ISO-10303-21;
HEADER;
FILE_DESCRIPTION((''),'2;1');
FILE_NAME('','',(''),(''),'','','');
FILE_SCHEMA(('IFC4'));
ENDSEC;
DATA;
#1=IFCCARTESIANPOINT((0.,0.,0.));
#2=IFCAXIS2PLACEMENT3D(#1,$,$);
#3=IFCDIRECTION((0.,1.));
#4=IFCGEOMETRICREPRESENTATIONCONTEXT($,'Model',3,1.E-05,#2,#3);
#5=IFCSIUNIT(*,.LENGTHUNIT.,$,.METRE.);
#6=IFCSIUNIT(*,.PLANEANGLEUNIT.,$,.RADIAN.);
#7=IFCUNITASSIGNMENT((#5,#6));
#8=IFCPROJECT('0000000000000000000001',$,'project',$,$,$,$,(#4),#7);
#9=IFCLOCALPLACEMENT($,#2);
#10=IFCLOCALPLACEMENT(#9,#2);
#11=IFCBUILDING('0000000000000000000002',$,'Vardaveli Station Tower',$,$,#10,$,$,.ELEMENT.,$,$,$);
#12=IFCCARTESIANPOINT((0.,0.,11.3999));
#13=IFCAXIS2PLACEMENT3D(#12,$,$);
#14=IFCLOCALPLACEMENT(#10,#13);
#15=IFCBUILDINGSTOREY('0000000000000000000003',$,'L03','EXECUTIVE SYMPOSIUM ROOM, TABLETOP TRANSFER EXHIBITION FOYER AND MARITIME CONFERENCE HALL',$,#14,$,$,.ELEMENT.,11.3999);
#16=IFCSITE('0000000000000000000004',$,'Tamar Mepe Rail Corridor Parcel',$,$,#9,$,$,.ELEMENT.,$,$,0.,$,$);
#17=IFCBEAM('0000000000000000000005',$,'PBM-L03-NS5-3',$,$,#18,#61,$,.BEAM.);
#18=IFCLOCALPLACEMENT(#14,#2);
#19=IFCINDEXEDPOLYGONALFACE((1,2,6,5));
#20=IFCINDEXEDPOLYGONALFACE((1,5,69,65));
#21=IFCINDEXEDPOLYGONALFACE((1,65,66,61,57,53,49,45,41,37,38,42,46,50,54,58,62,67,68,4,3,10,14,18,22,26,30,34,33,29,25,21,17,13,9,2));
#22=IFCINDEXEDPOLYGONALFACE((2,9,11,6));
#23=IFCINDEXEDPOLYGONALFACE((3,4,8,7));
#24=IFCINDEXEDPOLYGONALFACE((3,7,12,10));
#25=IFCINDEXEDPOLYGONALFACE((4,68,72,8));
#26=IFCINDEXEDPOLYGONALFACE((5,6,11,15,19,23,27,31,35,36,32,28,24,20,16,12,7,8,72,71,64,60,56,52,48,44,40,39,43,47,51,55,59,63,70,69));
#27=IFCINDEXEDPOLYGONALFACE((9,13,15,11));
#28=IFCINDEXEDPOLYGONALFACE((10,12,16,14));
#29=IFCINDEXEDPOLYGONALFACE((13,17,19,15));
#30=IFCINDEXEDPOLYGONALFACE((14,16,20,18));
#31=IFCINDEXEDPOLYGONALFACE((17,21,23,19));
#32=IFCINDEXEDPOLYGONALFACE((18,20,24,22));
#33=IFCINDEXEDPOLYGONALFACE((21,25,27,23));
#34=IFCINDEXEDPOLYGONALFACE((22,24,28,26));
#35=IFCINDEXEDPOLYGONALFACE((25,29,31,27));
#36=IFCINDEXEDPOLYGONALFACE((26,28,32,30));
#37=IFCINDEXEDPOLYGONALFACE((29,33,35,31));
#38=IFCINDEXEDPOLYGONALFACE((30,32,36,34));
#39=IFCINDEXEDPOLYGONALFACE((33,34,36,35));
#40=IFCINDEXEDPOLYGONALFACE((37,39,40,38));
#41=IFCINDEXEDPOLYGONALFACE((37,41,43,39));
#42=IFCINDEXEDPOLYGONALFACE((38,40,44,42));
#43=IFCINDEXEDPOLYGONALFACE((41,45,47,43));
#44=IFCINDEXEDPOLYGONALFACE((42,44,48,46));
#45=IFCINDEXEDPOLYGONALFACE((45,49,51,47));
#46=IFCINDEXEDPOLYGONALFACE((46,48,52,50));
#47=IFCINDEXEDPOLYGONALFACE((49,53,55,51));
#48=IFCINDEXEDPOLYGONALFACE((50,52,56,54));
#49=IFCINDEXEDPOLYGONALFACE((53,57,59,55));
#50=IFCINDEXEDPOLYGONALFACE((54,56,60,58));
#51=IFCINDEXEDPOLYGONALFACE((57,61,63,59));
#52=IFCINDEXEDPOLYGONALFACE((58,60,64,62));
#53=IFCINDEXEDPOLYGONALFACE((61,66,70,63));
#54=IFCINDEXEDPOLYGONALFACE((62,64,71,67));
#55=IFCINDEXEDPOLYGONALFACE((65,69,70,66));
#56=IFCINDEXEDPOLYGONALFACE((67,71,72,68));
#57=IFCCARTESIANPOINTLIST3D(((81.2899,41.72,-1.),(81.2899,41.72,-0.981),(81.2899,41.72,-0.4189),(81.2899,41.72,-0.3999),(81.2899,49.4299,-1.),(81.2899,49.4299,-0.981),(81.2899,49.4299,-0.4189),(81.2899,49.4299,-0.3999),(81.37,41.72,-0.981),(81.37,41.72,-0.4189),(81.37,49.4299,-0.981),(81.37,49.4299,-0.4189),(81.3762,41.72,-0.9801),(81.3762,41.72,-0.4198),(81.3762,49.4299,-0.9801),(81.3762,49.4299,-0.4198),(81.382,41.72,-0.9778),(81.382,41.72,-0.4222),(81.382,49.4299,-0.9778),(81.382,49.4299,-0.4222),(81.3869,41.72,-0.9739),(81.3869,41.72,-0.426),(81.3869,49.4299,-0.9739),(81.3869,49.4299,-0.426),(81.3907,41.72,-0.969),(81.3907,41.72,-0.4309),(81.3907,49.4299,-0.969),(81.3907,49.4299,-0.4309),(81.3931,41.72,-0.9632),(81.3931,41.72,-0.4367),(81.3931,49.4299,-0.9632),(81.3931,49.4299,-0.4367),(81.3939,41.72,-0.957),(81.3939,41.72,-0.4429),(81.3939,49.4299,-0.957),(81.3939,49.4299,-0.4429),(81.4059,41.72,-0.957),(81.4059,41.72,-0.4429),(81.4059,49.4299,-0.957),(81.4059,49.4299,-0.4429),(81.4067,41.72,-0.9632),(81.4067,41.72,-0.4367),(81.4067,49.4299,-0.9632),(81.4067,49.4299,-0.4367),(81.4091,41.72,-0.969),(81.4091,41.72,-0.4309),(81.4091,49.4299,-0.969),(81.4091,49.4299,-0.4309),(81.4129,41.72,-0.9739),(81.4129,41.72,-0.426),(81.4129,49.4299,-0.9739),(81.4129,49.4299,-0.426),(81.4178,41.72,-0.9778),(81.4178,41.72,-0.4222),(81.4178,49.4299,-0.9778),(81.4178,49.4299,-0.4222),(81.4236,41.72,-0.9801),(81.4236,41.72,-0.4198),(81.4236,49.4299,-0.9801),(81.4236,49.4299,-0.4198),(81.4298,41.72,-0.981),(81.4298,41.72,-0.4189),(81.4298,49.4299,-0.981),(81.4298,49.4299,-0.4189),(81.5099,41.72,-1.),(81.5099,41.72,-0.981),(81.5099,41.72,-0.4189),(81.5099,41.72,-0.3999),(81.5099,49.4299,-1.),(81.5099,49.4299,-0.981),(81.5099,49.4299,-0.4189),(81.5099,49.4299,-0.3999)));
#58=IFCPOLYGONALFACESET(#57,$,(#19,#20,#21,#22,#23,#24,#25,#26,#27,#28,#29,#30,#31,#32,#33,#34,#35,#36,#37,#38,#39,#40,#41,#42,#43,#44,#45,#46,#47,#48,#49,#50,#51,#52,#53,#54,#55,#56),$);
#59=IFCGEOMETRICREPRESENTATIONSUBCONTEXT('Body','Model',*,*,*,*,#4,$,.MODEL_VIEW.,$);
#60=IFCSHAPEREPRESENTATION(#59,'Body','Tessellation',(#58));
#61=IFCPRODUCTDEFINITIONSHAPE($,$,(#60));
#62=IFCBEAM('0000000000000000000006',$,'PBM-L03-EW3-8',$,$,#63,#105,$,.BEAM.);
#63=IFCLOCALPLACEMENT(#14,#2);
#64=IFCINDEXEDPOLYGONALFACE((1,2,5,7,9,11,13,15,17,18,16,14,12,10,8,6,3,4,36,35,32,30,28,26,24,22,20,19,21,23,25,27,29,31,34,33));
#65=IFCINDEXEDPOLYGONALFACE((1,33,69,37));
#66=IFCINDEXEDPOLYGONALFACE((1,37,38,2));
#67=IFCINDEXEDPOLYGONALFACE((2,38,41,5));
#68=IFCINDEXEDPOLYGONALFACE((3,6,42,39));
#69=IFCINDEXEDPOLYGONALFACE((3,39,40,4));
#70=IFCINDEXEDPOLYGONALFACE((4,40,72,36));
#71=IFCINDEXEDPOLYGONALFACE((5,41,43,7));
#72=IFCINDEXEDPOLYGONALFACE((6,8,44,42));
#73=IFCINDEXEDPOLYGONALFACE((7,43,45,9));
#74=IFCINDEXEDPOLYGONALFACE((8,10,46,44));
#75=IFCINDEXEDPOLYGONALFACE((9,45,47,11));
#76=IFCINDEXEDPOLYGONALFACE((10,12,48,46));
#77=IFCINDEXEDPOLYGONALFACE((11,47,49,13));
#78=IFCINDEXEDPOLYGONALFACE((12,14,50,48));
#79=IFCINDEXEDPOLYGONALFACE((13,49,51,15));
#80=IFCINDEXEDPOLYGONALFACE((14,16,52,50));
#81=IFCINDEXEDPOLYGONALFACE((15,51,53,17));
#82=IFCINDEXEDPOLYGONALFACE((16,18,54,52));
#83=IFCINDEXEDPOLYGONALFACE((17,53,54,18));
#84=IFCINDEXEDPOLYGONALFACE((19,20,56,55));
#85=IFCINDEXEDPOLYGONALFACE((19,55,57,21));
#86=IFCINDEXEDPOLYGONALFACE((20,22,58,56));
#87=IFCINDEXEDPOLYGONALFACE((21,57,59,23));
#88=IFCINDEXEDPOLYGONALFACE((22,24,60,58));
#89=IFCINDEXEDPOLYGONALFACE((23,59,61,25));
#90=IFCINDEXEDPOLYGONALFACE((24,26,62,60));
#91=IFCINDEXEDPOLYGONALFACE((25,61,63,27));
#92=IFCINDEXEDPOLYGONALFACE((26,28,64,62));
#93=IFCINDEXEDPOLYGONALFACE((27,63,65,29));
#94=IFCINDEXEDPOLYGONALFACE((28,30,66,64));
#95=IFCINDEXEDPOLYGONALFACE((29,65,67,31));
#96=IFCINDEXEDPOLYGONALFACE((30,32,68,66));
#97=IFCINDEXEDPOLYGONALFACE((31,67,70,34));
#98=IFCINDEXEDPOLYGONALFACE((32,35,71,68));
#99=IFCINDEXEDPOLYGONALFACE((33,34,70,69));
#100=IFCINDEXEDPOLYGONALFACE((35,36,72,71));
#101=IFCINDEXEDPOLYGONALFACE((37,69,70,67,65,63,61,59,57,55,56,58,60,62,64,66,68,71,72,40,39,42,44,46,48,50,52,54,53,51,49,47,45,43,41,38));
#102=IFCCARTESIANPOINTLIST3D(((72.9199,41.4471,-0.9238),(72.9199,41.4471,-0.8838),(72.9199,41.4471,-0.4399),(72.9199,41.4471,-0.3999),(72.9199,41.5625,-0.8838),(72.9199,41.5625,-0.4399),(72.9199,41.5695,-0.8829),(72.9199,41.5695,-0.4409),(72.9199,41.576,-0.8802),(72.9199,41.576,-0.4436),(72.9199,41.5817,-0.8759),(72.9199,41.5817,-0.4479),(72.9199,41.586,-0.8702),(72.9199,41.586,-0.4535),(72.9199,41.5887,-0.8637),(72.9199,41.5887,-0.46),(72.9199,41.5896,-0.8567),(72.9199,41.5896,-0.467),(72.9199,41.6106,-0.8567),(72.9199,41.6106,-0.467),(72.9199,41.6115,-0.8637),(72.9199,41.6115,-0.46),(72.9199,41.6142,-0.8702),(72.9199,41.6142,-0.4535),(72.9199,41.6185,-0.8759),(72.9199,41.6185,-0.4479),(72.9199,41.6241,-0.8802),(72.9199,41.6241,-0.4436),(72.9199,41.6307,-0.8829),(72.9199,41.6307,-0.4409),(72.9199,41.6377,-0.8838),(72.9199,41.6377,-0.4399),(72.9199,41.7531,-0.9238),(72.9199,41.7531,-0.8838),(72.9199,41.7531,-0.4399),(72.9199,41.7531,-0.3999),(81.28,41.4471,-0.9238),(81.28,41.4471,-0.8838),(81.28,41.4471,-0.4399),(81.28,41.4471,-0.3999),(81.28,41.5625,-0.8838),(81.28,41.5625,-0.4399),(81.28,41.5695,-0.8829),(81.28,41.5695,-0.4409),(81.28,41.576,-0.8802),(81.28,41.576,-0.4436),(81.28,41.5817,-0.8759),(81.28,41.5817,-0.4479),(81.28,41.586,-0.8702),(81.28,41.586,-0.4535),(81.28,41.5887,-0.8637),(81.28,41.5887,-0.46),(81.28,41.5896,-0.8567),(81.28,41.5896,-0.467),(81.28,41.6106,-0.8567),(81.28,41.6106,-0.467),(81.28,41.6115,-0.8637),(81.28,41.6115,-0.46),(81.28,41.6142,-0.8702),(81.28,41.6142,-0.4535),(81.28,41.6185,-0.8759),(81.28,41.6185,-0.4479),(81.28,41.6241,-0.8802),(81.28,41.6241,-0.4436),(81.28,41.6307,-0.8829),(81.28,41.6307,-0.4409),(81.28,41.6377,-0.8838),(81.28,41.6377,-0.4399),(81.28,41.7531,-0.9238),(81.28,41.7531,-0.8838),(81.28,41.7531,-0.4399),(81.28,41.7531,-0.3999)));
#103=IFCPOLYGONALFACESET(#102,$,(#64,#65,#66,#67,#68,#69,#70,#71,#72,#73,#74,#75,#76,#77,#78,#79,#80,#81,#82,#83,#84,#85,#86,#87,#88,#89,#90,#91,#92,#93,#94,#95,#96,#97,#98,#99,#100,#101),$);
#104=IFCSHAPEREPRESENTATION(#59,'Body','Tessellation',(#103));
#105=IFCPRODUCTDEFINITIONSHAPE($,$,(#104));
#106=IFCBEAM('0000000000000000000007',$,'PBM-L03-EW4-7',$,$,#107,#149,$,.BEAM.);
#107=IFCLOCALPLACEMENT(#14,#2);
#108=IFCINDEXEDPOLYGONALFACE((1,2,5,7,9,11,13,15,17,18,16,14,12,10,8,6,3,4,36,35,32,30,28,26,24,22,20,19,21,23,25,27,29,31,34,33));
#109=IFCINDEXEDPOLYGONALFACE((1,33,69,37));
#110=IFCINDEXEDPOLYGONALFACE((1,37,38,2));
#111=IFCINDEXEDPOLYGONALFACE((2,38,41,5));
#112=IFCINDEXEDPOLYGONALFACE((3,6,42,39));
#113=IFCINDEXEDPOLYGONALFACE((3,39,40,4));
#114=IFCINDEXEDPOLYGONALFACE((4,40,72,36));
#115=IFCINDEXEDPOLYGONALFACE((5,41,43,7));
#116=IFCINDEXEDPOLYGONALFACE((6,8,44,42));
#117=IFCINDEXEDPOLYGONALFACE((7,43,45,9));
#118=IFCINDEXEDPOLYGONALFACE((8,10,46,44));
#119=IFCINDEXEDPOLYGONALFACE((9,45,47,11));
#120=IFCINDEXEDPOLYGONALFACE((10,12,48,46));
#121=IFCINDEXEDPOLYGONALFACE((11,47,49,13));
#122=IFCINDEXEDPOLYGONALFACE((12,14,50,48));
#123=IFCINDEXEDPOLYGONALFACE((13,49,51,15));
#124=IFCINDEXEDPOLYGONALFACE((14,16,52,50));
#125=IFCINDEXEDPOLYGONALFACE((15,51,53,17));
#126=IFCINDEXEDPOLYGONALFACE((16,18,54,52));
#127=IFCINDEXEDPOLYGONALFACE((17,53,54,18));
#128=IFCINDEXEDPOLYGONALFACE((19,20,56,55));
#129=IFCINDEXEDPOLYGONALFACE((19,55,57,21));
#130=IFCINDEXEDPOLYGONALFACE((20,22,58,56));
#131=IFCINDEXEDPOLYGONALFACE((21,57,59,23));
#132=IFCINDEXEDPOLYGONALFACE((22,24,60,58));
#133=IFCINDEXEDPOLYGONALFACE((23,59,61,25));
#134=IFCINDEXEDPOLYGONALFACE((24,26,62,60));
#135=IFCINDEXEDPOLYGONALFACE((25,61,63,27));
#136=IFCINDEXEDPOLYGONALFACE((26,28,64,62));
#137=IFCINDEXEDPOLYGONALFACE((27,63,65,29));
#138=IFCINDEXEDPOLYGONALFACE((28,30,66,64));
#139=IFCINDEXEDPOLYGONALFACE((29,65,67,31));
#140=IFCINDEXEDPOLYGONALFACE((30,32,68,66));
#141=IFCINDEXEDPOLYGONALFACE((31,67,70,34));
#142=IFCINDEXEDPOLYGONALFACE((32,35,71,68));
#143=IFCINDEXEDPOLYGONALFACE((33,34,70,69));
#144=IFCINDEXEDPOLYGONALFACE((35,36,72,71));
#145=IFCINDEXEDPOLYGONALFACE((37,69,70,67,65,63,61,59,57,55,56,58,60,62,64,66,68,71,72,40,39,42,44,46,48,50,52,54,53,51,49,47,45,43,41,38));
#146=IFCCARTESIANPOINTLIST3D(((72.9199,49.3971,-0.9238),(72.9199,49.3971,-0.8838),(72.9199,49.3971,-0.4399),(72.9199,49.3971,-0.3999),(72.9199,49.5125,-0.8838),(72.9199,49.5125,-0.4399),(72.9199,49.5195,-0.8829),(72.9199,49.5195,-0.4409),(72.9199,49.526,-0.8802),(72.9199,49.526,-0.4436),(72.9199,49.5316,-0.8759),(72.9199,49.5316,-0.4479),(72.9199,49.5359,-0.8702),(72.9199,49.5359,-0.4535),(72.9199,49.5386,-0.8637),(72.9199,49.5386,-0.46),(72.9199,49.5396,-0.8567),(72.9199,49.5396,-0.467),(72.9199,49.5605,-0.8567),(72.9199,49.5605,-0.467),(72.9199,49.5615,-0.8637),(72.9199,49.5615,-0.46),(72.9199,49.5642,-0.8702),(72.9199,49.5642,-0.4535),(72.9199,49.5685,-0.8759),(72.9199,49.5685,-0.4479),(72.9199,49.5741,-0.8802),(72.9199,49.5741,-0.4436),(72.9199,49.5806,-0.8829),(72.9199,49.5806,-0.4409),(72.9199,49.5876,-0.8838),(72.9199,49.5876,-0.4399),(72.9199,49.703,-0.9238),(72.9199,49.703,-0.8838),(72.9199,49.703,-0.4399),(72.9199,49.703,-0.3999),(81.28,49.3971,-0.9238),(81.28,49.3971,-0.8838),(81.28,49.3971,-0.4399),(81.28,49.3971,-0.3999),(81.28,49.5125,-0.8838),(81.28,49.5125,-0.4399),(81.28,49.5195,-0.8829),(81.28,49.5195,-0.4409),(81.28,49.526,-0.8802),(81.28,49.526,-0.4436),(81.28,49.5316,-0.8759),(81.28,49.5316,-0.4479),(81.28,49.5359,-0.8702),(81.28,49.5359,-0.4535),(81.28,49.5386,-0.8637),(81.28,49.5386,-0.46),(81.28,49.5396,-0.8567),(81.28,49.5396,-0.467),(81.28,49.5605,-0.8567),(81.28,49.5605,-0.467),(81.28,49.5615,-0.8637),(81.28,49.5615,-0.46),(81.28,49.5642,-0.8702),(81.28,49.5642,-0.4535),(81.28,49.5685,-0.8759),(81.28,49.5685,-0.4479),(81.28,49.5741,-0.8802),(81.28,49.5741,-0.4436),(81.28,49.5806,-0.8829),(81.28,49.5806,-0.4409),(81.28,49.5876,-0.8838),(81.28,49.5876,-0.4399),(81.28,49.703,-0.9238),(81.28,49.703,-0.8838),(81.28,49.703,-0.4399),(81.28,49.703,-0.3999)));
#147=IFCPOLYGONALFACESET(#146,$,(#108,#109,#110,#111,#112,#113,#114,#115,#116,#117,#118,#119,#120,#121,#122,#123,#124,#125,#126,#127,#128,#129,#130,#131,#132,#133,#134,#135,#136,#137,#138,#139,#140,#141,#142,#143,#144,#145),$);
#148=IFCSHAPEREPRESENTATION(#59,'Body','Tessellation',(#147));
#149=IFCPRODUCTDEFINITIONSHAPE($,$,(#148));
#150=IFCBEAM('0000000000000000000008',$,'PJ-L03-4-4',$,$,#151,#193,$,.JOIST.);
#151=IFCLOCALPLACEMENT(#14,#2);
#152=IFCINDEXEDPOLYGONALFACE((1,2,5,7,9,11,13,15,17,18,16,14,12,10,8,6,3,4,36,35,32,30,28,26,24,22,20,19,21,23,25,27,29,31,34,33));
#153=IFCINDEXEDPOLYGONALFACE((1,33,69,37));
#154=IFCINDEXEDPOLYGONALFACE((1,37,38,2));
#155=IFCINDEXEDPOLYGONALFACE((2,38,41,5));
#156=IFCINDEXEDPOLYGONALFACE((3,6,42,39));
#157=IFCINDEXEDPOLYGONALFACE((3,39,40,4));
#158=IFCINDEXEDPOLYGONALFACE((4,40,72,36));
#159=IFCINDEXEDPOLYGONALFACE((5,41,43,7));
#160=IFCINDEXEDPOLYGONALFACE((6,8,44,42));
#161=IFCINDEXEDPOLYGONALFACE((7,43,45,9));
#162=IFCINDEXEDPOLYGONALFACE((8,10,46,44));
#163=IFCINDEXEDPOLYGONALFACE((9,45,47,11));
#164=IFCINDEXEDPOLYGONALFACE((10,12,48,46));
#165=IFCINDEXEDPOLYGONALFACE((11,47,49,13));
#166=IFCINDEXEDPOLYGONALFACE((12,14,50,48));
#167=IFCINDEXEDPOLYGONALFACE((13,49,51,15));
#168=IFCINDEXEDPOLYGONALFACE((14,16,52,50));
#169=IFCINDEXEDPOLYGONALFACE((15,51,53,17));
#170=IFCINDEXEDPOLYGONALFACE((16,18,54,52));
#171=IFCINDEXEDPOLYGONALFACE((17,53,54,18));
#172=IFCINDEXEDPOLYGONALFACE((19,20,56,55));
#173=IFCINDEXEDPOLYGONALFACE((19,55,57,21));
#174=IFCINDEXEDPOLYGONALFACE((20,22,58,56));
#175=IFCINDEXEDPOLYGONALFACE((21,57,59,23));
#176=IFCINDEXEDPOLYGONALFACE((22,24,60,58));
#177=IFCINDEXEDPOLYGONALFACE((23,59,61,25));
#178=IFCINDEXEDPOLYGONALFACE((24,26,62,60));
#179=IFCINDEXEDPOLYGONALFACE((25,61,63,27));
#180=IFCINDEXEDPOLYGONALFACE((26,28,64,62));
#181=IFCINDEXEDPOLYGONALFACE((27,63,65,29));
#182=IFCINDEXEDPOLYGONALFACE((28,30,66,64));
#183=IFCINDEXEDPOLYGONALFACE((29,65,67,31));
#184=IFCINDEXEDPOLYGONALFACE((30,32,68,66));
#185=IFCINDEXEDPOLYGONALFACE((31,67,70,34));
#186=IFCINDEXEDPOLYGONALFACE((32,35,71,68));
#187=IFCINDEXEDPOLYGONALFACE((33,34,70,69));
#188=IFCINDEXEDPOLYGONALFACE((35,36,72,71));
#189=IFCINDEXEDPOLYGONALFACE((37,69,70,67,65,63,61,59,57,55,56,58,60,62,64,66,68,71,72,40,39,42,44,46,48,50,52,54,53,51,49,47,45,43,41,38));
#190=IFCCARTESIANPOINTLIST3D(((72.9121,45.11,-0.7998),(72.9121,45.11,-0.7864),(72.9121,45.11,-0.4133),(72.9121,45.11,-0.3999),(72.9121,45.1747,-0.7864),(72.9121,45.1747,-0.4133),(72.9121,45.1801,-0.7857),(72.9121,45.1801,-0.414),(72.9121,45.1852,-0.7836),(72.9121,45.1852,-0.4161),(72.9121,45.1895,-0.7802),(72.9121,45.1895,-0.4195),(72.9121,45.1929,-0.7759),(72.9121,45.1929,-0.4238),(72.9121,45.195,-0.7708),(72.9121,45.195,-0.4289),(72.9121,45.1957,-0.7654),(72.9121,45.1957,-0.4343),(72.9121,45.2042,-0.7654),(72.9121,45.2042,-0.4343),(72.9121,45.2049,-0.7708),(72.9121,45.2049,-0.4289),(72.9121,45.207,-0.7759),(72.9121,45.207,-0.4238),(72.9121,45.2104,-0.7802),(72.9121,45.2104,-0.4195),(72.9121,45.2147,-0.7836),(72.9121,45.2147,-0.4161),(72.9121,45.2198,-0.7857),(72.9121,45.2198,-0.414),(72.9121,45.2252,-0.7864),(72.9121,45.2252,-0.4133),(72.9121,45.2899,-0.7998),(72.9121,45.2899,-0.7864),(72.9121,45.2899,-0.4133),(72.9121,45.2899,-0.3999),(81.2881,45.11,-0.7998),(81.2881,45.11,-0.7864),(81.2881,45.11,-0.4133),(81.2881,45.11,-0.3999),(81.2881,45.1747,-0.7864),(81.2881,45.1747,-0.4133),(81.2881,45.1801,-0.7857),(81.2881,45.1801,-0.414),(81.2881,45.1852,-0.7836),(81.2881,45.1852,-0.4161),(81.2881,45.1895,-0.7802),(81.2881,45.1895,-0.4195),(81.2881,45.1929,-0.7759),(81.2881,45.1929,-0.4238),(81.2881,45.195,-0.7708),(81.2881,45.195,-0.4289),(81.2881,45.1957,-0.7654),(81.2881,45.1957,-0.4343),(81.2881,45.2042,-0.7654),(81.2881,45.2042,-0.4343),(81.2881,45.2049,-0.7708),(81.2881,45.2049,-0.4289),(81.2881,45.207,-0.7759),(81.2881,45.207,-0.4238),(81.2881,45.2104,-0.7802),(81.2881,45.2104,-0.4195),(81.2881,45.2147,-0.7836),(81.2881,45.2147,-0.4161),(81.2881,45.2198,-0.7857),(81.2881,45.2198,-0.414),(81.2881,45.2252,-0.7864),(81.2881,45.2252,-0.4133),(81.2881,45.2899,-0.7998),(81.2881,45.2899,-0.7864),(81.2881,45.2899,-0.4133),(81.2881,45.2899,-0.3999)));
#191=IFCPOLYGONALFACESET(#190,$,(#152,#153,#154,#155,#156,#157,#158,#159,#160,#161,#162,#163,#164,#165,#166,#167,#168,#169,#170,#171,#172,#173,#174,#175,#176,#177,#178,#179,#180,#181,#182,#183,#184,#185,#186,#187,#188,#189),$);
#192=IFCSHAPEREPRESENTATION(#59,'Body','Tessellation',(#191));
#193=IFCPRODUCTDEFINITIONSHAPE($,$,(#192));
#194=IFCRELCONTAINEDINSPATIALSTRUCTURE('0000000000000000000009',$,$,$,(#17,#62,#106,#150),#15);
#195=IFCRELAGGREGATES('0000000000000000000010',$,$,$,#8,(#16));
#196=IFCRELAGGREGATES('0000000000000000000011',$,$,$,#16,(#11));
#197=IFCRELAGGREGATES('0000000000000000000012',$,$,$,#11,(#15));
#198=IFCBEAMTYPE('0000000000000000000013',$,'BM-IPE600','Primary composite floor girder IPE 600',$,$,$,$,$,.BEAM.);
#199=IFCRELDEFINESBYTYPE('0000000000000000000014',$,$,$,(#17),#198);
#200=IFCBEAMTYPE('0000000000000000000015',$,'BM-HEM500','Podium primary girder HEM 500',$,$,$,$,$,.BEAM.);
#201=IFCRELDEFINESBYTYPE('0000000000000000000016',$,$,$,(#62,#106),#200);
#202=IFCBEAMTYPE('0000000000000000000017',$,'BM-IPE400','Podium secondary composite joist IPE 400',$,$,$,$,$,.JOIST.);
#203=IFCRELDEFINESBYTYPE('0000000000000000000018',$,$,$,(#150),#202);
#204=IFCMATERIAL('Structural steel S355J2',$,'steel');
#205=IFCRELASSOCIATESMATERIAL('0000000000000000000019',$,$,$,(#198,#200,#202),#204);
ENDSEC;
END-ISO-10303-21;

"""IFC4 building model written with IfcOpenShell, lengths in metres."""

from ifc_helpers import new_model, si_unit, direction, frame, origin, origin_2d, place, context, subcontext, project, spatial, i_section, extrude, source, transform, mapped, material, material_profile, profile_set, type_object, element, save


model = new_model("IFC4")

# Units and contexts
model_context = context("Model", 3, precision=1e-05, world=origin(), true_north=direction((0.0, 1.0)))
body_context = subcontext(model_context, "Body", "Model", "MODEL_VIEW")
ifc_project = project(units=[si_unit("LENGTHUNIT", "METRE"), si_unit("PLANEANGLEUNIT", "RADIAN")], contexts=[model_context])

# Site, building, storey
site_placement = place(None, origin())
site = spatial("IfcSite", under=ifc_project, at=site_placement, Name="Tamar Mepe Rail Corridor Parcel", CompositionType="ELEMENT", RefElevation=0.0)
building_placement = place(site_placement, origin())
building = spatial("IfcBuilding", under=site, at=building_placement, Name="Vardaveli Station Tower", CompositionType="ELEMENT")
storey_placement = place(building_placement, frame((0.0, 0.0, 11.3999)))
storey = spatial("IfcBuildingStorey", under=building, at=storey_placement, Name="L03", Description="EXECUTIVE SYMPOSIUM ROOM, TABLETOP TRANSFER EXHIBITION FOYER AND MARITIME CONFERENCE HALL", CompositionType="ELEMENT", Elevation=11.3999)

# Beams
ifc_material_1 = material(Name="Structural steel S355J2", Category="steel")
ifc_material_profile_1 = material_profile(ifc_material_1, i_section(OverallWidth=0.22, OverallDepth=0.6001, WebThickness=0.012, FlangeThickness=0.019, FilletRadius=0.0239, at=origin_2d()), Name="IPE 600")
ifc_profile_set_1 = profile_set([ifc_material_profile_1], Name="Structural steel S355J2")
beam_type_1 = type_object("IfcBeamType", Name="BM-IPE600", Description="Primary composite floor girder IPE 600", PredefinedType="BEAM", material=ifc_profile_set_1)
shared_shape_1 = source(origin(), body_context, "Body", "SweptSolid", [
    extrude(i_section(OverallWidth=0.22, OverallDepth=0.6001, WebThickness=0.012, FlangeThickness=0.019, FilletRadius=0.0239, at=origin_2d()), origin(), (0.0, 0.0, 1.0), 7.71),
])
for number, where, z_axis, x_axis, name in (
    (1, (81.3999, 41.72, -0.7), (0.0, 1.0, 0.0), (-1.0, 0.0, 0.0), "PBM-L03-NS5-3"),
):
    element("IfcBeam", number, at=place(storey_placement, frame(where, z_axis=z_axis, x_axis=x_axis)), inside=storey, type_object=beam_type_1, Name=name, PredefinedType="BEAM", context=body_context, shape_type="MappedRepresentation", body=[
        mapped(shared_shape_1, transform((0.0, 0.0, 0.0), scale=1.0)),
    ])
ifc_material_profile_2 = material_profile(ifc_material_1, i_section(OverallWidth=0.3059, OverallDepth=0.5239, WebThickness=0.021, FlangeThickness=0.04, FilletRadius=0.0271, at=origin_2d()), Name="HEM 500")
ifc_profile_set_2 = profile_set([ifc_material_profile_2], Name="Structural steel S355J2")
beam_type_2 = type_object("IfcBeamType", Name="BM-HEM500", Description="Podium primary girder HEM 500", PredefinedType="BEAM", material=ifc_profile_set_2)
shared_shape_2 = source(origin(), body_context, "Body", "SweptSolid", [
    extrude(i_section(OverallWidth=0.3059, OverallDepth=0.5239, WebThickness=0.021, FlangeThickness=0.04, FilletRadius=0.0271, at=origin_2d()), origin(), (0.0, 0.0, 1.0), 8.3601),
])
for number, where, z_axis, x_axis, name in (
    (2, (72.9199, 41.6001, -0.6619), (1.0, 0.0, 0.0), (0.0, 1.0, 0.0), "PBM-L03-EW3-8"),
    (3, (72.9199, 49.55, -0.6619), (1.0, 0.0, 0.0), (0.0, 1.0, 0.0), "PBM-L03-EW4-7"),
):
    element("IfcBeam", number, at=place(storey_placement, frame(where, z_axis=z_axis, x_axis=x_axis)), inside=storey, type_object=beam_type_2, Name=name, PredefinedType="BEAM", context=body_context, shape_type="MappedRepresentation", body=[
        mapped(shared_shape_2, transform((0.0, 0.0, 0.0), scale=1.0)),
    ])
ifc_material_profile_3 = material_profile(ifc_material_1, i_section(OverallWidth=0.1799, OverallDepth=0.3999, WebThickness=0.0085, FlangeThickness=0.0134, FilletRadius=0.021, at=origin_2d()), Name="IPE 400")
ifc_profile_set_3 = profile_set([ifc_material_profile_3], Name="Structural steel S355J2")
beam_type_3 = type_object("IfcBeamType", Name="BM-IPE400", Description="Podium secondary composite joist IPE 400", PredefinedType="JOIST", material=ifc_profile_set_3)
shared_shape_3 = source(origin(), body_context, "Body", "SweptSolid", [
    extrude(i_section(OverallWidth=0.1799, OverallDepth=0.3999, WebThickness=0.0085, FlangeThickness=0.0134, FilletRadius=0.021, at=origin_2d()), origin(), (0.0, 0.0, 1.0), 8.376),
])
beam_placement = place(storey_placement, frame((72.9121, 45.2, -0.5999), z_axis=(1.0, 0.0, 0.0), x_axis=(0.0, 1.0, 0.0)))
element("IfcBeam", 4, at=beam_placement, inside=storey, type_object=beam_type_3, Name="PJ-L03-4-4", PredefinedType="JOIST", context=body_context, shape_type="MappedRepresentation", body=[
    mapped(shared_shape_3, transform((0.0, 0.0, 0.0), scale=1.0)),
])

save(model, "model.ifc")
